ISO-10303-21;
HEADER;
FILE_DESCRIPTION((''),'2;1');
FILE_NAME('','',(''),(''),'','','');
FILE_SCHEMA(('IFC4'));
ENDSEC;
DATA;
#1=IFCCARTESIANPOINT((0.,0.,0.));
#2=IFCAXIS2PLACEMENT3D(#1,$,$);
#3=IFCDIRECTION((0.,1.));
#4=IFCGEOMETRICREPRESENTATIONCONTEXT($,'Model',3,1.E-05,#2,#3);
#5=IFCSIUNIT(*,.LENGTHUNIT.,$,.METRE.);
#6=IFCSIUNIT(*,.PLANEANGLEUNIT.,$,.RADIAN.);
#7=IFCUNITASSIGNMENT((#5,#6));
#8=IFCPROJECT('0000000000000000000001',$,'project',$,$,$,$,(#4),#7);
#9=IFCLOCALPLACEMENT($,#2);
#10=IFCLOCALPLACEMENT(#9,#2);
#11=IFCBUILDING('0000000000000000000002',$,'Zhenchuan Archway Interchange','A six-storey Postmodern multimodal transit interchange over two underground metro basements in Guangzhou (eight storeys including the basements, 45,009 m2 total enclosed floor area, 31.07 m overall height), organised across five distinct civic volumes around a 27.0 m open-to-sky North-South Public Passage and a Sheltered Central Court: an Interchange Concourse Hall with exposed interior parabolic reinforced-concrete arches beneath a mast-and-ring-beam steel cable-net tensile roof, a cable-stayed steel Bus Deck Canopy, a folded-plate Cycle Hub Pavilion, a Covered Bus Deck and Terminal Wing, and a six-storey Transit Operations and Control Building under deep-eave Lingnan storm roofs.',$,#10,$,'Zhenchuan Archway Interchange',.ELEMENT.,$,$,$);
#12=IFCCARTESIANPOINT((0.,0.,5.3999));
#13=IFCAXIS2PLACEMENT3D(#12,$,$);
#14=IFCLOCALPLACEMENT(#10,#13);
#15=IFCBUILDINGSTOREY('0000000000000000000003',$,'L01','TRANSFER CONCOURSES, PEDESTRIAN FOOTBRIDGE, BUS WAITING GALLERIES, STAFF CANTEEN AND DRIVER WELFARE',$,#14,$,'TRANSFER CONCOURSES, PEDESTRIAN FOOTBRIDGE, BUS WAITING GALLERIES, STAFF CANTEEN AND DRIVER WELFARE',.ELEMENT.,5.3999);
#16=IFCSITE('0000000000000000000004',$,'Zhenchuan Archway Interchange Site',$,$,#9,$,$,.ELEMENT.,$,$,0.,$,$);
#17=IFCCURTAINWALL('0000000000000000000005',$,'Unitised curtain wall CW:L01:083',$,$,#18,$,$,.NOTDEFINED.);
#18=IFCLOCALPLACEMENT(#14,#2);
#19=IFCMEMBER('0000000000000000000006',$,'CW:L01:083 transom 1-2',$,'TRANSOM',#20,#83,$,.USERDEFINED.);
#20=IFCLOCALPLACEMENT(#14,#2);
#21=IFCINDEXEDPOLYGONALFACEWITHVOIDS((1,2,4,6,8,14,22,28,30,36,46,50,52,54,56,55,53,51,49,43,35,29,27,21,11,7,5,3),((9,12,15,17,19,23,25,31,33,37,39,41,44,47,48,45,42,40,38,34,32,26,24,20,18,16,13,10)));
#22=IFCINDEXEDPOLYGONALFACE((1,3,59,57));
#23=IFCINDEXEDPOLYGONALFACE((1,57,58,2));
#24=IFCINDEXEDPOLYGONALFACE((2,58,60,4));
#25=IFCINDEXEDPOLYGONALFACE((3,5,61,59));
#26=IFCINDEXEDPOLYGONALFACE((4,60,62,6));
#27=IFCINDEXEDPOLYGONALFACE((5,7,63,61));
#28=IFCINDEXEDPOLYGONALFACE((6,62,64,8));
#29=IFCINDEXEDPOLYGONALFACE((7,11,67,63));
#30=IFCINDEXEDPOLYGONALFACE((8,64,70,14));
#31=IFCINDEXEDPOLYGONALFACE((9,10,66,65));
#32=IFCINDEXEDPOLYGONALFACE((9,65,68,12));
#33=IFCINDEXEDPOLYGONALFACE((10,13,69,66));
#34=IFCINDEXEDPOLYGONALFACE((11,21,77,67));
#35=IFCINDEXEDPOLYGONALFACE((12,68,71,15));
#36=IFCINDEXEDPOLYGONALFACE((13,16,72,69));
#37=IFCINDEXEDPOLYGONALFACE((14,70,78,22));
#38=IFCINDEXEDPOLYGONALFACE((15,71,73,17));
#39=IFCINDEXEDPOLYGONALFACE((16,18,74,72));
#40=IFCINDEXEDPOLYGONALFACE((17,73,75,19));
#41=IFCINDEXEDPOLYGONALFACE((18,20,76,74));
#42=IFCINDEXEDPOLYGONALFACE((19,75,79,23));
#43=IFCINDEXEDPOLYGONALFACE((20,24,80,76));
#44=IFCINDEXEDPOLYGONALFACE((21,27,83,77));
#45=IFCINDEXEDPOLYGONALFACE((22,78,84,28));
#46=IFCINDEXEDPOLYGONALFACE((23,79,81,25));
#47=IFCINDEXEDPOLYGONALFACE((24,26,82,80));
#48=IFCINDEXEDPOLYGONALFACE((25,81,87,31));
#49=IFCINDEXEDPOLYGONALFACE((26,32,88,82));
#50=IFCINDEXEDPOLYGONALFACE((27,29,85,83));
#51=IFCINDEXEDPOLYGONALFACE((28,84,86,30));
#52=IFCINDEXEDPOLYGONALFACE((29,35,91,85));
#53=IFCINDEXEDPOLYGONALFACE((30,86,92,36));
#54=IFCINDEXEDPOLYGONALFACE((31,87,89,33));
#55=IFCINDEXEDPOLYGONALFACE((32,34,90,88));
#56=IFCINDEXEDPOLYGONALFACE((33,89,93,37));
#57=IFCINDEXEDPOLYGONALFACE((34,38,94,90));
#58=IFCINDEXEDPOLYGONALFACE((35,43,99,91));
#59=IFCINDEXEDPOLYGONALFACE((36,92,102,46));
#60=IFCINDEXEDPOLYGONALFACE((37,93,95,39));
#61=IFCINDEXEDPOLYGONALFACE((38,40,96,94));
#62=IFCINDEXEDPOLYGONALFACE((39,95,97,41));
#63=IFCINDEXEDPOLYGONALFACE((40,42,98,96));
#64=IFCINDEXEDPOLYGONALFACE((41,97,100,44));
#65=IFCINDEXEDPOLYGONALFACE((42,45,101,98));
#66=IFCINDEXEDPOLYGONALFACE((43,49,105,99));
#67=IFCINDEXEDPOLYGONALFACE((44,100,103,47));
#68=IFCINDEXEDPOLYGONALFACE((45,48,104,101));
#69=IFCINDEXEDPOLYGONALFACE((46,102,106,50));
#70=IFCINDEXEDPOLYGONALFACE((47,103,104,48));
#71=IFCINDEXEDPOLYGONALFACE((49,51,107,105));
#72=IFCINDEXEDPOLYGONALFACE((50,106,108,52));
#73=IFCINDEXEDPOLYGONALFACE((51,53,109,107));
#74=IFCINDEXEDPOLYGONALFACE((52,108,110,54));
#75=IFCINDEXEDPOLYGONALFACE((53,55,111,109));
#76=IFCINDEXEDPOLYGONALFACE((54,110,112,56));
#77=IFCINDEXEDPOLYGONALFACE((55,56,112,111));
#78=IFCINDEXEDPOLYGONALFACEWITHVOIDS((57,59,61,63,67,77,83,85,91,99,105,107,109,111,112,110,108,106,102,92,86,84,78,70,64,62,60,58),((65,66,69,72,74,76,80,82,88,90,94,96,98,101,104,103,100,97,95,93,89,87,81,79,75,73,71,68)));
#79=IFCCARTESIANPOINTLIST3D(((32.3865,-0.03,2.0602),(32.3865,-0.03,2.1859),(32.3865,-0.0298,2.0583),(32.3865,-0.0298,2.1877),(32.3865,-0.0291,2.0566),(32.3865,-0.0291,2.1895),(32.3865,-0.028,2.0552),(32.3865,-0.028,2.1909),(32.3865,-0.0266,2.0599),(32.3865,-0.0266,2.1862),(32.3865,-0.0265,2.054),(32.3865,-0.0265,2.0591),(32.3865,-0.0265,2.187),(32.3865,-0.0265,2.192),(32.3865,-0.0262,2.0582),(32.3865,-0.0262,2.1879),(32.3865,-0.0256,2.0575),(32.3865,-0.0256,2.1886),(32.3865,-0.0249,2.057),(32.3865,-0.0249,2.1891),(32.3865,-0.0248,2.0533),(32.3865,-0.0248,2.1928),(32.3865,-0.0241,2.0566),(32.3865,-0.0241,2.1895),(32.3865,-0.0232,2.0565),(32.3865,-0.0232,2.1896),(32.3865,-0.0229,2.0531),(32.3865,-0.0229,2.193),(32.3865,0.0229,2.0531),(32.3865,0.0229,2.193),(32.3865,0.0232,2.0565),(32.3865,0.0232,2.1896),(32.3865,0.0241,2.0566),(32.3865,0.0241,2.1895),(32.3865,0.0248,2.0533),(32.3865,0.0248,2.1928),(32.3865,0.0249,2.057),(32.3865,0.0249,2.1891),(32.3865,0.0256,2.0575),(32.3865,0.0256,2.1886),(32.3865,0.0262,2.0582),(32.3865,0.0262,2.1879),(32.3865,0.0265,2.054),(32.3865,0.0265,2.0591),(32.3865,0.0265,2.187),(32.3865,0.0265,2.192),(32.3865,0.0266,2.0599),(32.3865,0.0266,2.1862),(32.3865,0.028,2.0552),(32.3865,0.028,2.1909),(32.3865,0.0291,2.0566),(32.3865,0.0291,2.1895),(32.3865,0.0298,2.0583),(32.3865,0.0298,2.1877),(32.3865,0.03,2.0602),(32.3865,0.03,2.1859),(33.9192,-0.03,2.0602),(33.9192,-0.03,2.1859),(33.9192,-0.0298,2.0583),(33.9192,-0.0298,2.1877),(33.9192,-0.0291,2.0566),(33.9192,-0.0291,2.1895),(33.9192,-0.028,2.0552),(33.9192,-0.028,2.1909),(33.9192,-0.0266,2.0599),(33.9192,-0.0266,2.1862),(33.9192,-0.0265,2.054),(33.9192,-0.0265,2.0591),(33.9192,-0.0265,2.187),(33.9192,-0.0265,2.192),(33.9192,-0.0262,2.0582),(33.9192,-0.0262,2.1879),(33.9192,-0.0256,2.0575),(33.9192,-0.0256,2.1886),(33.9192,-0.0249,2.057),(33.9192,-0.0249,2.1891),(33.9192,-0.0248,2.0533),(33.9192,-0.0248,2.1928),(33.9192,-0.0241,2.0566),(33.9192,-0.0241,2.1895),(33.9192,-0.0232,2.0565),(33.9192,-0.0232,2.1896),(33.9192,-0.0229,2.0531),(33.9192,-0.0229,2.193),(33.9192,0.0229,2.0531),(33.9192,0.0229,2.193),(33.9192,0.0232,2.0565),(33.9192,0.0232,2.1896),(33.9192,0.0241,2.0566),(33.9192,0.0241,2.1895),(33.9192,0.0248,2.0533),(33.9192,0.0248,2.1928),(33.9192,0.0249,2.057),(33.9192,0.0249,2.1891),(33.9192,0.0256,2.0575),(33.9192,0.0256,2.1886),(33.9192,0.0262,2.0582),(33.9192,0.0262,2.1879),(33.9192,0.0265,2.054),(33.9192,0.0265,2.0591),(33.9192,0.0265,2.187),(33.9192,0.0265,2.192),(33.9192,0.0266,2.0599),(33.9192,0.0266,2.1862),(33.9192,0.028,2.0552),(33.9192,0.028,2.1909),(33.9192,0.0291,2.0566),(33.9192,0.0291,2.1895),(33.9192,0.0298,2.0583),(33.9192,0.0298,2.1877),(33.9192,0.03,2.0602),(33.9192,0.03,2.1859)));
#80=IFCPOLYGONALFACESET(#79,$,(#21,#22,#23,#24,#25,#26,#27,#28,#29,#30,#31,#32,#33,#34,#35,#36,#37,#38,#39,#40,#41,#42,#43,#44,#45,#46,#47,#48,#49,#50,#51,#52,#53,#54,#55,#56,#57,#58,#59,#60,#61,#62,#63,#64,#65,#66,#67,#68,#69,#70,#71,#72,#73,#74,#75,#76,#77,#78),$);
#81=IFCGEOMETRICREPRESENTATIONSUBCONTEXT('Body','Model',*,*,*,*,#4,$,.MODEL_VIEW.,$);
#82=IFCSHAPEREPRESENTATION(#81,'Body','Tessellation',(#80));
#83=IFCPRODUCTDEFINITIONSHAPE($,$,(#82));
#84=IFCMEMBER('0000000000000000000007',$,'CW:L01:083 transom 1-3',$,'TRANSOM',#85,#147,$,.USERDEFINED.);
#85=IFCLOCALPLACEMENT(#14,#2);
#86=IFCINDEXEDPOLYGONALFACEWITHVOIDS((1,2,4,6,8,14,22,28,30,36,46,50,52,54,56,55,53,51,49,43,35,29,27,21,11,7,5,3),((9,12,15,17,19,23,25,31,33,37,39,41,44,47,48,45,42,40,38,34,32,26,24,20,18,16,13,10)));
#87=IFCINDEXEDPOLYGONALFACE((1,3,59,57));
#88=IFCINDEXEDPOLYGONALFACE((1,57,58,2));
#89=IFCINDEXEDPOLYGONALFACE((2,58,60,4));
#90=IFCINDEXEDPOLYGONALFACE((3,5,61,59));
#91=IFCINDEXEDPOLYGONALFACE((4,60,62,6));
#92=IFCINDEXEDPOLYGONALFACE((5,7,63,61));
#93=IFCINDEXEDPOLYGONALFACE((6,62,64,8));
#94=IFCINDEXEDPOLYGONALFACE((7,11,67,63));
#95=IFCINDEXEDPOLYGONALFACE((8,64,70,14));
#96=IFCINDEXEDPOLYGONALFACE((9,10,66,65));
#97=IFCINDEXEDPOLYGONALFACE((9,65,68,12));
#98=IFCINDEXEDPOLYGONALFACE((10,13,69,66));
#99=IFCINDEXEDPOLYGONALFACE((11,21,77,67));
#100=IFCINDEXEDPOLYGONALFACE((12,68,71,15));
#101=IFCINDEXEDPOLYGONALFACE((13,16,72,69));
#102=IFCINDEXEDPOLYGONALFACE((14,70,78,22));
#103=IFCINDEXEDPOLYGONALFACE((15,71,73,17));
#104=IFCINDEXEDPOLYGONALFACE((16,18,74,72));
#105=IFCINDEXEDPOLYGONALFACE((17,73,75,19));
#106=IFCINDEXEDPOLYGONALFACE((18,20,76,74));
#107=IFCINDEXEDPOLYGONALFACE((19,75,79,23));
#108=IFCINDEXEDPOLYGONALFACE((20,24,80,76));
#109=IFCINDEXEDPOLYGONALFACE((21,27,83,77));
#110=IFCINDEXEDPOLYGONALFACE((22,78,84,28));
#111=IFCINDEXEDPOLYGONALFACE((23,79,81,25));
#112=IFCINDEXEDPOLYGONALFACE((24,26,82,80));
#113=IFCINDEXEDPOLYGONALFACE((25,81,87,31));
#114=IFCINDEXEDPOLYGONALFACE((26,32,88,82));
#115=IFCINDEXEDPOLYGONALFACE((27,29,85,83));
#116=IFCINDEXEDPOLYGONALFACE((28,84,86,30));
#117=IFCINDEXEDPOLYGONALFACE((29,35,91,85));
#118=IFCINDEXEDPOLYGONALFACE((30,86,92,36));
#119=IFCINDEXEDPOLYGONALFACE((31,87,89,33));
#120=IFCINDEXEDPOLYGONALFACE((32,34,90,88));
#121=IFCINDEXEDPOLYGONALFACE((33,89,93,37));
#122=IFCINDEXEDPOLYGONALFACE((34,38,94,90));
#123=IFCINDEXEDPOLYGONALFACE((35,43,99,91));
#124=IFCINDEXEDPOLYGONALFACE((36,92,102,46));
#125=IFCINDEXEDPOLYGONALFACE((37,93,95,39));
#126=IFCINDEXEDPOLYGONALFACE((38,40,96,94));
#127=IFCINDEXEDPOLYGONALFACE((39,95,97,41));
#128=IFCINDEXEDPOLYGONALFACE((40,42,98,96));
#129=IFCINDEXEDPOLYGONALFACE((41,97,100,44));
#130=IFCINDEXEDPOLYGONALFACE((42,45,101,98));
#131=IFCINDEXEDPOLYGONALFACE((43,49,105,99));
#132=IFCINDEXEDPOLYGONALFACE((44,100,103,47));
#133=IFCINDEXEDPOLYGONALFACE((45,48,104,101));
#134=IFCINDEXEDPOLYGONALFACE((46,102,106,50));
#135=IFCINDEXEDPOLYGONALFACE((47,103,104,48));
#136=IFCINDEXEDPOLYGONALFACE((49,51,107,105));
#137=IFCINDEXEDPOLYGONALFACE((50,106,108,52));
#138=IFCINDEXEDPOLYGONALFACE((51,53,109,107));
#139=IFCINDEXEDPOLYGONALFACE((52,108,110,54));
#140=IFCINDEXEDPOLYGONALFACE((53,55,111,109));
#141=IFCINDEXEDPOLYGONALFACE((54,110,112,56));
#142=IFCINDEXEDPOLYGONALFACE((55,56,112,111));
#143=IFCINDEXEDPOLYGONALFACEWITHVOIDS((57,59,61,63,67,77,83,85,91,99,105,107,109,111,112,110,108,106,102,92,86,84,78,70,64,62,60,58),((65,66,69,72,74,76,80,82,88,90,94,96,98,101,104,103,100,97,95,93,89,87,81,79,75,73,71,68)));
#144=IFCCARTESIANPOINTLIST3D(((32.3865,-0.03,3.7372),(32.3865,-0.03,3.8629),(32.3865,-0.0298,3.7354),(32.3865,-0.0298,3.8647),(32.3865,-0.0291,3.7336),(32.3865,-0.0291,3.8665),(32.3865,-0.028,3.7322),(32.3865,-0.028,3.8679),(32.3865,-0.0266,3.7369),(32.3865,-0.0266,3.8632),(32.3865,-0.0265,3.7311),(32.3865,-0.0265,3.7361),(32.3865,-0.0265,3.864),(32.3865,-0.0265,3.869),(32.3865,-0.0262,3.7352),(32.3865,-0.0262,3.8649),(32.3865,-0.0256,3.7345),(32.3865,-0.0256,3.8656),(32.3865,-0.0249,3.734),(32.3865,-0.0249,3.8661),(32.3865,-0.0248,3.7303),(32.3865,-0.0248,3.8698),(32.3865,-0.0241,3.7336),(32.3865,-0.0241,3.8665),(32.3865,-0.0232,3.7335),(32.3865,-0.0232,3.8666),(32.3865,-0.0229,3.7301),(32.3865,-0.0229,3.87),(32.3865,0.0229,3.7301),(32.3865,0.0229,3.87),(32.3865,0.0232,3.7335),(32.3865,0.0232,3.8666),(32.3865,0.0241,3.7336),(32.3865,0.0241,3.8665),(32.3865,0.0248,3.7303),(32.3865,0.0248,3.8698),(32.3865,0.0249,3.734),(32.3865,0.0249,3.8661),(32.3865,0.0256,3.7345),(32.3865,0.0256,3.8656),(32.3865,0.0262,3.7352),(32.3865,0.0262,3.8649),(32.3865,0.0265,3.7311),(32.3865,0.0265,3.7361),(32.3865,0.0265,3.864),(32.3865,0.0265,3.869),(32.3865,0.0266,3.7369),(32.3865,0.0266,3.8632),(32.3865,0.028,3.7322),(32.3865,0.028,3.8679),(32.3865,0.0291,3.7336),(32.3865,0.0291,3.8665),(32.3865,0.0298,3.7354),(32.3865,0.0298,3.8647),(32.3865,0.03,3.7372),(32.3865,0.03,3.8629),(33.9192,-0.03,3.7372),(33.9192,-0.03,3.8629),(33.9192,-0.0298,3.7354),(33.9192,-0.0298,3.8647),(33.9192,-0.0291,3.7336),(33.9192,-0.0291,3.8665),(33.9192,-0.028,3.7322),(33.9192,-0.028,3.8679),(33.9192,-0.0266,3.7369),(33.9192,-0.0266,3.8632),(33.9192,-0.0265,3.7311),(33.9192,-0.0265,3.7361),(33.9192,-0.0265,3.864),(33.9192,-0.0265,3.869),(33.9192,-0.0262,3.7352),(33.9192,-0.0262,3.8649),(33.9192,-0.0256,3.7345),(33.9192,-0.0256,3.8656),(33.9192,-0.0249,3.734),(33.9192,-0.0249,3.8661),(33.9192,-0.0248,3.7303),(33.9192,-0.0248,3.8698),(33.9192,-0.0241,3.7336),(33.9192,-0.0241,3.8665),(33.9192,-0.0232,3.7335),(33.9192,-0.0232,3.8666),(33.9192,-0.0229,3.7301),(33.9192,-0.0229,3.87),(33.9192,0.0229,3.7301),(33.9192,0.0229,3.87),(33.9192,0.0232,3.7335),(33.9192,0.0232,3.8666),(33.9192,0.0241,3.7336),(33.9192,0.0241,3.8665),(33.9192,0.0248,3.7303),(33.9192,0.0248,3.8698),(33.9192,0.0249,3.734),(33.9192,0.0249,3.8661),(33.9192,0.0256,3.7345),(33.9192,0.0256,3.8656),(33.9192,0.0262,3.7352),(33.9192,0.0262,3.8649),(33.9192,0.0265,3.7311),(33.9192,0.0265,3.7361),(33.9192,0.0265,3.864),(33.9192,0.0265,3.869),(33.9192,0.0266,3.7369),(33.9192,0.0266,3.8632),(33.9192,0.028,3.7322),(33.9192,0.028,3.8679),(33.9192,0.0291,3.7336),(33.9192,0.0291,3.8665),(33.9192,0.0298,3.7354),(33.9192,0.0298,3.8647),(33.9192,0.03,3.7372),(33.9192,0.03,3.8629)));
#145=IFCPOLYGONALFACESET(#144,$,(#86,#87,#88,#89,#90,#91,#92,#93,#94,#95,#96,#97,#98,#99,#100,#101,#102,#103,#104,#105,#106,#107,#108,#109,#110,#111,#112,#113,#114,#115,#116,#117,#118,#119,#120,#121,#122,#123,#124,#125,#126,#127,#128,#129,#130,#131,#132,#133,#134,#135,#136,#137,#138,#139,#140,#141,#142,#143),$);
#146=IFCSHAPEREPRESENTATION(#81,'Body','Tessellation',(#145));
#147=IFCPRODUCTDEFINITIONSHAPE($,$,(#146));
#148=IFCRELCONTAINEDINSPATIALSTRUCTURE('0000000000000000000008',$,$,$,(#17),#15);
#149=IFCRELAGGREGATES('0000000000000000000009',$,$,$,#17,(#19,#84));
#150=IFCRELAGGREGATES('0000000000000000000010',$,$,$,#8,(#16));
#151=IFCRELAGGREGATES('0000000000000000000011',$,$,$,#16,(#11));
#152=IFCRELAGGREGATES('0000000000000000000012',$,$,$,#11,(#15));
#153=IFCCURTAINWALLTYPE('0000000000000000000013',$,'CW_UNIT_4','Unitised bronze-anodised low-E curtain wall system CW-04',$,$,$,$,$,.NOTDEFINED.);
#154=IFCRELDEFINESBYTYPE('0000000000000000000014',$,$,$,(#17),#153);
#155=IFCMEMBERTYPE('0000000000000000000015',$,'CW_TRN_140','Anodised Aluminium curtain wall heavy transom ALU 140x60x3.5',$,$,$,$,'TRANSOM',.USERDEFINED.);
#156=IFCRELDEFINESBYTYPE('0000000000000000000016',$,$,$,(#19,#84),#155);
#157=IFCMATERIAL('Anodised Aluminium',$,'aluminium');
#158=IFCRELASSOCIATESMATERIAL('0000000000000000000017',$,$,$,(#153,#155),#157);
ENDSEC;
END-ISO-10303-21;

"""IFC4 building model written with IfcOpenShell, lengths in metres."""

from ifc_helpers import new_model, si_unit, direction, frame, origin, origin_2d, place, context, subcontext, project, spatial, hollow_rectangle, extrude, material, material_profile, profile_set, type_object, element, aggregate, save


model = new_model("IFC4")

# Units and contexts
model_context = context("Model", 3, precision=1e-05, world=origin(), true_north=direction((0.0, 1.0)))
body_context = subcontext(model_context, "Body", "Model", "MODEL_VIEW")
ifc_project = project(units=[si_unit("LENGTHUNIT", "METRE"), si_unit("PLANEANGLEUNIT", "RADIAN")], contexts=[model_context])

# Site, building, storey
site_placement = place(None, origin())
site = spatial("IfcSite", under=ifc_project, at=site_placement, Name="Zhenchuan Archway Interchange Site", CompositionType="ELEMENT", RefElevation=0.0)
building_placement = place(site_placement, origin())
building = spatial("IfcBuilding", under=site, at=building_placement, Name="Zhenchuan Archway Interchange", Description="A six-storey Postmodern multimodal transit interchange over two underground metro basements in Guangzhou (eight storeys including the basements, 45,009 m2 total enclosed floor area, 31.07 m overall height), organised across five distinct civic volumes around a 27.0 m open-to-sky North-South Public Passage and a Sheltered Central Court: an Interchange Concourse Hall with exposed interior parabolic reinforced-concrete arches beneath a mast-and-ring-beam steel cable-net tensile roof, a cable-stayed steel Bus Deck Canopy, a folded-plate Cycle Hub Pavilion, a Covered Bus Deck and Terminal Wing, and a six-storey Transit Operations and Control Building under deep-eave Lingnan storm roofs.", LongName="Zhenchuan Archway Interchange", CompositionType="ELEMENT")
storey_placement = place(building_placement, frame((0.0, 0.0, 5.3999)))
storey = spatial("IfcBuildingStorey", under=building, at=storey_placement, Name="L01", Description="TRANSFER CONCOURSES, PEDESTRIAN FOOTBRIDGE, BUS WAITING GALLERIES, STAFF CANTEEN AND DRIVER WELFARE", LongName="TRANSFER CONCOURSES, PEDESTRIAN FOOTBRIDGE, BUS WAITING GALLERIES, STAFF CANTEEN AND DRIVER WELFARE", CompositionType="ELEMENT", Elevation=5.3999)

# Curtain wall, members
ifc_material_1 = material(Name="Anodised Aluminium", Category="aluminium")
curtain_wall_type = type_object("IfcCurtainWallType", Name="CW_UNIT_4", Description="Unitised bronze-anodised low-E curtain wall system CW-04", PredefinedType="NOTDEFINED", material=ifc_material_1)
curtain_wall_placement = place(storey_placement, origin())
curtain_wall = element("IfcCurtainWall", 1, at=curtain_wall_placement, inside=storey, type_object=curtain_wall_type, Name="Unitised curtain wall CW:L01:083", PredefinedType="NOTDEFINED")
ifc_material_profile_1 = material_profile(ifc_material_1, hollow_rectangle(XDim=0.0601, YDim=0.1399, WallThickness=0.0034, InnerFilletRadius=0.0034, OuterFilletRadius=0.0071, at=origin_2d()), Name="ALU 140x60x3.5")
ifc_profile_set_1 = profile_set([ifc_material_profile_1], Name="Anodised Aluminium")
member_type_1 = type_object("IfcMemberType", Name="CW_TRN_140", Description="Anodised Aluminium curtain wall heavy transom ALU 140x60x3.5", ElementType="TRANSOM", PredefinedType="USERDEFINED", material=ifc_profile_set_1)
member_1_placement = place(storey_placement, frame((33.9192, 0.0, 2.123), z_axis=(-1.0, 0.0, 0.0), x_axis=(0.0, -1.0, 0.0)))
member_1 = element("IfcMember", 2, at=member_1_placement, type_object=member_type_1, Name="CW:L01:083 transom 1-2", ObjectType="TRANSOM", PredefinedType="USERDEFINED", context=body_context, shape_type="SweptSolid", body=[
    extrude(hollow_rectangle(XDim=0.0601, YDim=0.1399, WallThickness=0.0034, InnerFilletRadius=0.0034, OuterFilletRadius=0.0071, at=origin_2d()), origin(), (0.0, 0.0, 1.0), 1.5327),
])
member_2_placement = place(storey_placement, frame((33.9192, 0.0, 3.8), z_axis=(-1.0, 0.0, 0.0), x_axis=(0.0, -1.0, 0.0)))
member_2 = element("IfcMember", 3, at=member_2_placement, type_object=member_type_1, Name="CW:L01:083 transom 1-3", ObjectType="TRANSOM", PredefinedType="USERDEFINED", context=body_context, shape_type="SweptSolid", body=[
    extrude(hollow_rectangle(XDim=0.0601, YDim=0.1399, WallThickness=0.0034, InnerFilletRadius=0.0034, OuterFilletRadius=0.0071, at=origin_2d()), origin(), (0.0, 0.0, 1.0), 1.5327),
])

aggregate(curtain_wall, [member_1, member_2])

save(model, "model.ifc")
